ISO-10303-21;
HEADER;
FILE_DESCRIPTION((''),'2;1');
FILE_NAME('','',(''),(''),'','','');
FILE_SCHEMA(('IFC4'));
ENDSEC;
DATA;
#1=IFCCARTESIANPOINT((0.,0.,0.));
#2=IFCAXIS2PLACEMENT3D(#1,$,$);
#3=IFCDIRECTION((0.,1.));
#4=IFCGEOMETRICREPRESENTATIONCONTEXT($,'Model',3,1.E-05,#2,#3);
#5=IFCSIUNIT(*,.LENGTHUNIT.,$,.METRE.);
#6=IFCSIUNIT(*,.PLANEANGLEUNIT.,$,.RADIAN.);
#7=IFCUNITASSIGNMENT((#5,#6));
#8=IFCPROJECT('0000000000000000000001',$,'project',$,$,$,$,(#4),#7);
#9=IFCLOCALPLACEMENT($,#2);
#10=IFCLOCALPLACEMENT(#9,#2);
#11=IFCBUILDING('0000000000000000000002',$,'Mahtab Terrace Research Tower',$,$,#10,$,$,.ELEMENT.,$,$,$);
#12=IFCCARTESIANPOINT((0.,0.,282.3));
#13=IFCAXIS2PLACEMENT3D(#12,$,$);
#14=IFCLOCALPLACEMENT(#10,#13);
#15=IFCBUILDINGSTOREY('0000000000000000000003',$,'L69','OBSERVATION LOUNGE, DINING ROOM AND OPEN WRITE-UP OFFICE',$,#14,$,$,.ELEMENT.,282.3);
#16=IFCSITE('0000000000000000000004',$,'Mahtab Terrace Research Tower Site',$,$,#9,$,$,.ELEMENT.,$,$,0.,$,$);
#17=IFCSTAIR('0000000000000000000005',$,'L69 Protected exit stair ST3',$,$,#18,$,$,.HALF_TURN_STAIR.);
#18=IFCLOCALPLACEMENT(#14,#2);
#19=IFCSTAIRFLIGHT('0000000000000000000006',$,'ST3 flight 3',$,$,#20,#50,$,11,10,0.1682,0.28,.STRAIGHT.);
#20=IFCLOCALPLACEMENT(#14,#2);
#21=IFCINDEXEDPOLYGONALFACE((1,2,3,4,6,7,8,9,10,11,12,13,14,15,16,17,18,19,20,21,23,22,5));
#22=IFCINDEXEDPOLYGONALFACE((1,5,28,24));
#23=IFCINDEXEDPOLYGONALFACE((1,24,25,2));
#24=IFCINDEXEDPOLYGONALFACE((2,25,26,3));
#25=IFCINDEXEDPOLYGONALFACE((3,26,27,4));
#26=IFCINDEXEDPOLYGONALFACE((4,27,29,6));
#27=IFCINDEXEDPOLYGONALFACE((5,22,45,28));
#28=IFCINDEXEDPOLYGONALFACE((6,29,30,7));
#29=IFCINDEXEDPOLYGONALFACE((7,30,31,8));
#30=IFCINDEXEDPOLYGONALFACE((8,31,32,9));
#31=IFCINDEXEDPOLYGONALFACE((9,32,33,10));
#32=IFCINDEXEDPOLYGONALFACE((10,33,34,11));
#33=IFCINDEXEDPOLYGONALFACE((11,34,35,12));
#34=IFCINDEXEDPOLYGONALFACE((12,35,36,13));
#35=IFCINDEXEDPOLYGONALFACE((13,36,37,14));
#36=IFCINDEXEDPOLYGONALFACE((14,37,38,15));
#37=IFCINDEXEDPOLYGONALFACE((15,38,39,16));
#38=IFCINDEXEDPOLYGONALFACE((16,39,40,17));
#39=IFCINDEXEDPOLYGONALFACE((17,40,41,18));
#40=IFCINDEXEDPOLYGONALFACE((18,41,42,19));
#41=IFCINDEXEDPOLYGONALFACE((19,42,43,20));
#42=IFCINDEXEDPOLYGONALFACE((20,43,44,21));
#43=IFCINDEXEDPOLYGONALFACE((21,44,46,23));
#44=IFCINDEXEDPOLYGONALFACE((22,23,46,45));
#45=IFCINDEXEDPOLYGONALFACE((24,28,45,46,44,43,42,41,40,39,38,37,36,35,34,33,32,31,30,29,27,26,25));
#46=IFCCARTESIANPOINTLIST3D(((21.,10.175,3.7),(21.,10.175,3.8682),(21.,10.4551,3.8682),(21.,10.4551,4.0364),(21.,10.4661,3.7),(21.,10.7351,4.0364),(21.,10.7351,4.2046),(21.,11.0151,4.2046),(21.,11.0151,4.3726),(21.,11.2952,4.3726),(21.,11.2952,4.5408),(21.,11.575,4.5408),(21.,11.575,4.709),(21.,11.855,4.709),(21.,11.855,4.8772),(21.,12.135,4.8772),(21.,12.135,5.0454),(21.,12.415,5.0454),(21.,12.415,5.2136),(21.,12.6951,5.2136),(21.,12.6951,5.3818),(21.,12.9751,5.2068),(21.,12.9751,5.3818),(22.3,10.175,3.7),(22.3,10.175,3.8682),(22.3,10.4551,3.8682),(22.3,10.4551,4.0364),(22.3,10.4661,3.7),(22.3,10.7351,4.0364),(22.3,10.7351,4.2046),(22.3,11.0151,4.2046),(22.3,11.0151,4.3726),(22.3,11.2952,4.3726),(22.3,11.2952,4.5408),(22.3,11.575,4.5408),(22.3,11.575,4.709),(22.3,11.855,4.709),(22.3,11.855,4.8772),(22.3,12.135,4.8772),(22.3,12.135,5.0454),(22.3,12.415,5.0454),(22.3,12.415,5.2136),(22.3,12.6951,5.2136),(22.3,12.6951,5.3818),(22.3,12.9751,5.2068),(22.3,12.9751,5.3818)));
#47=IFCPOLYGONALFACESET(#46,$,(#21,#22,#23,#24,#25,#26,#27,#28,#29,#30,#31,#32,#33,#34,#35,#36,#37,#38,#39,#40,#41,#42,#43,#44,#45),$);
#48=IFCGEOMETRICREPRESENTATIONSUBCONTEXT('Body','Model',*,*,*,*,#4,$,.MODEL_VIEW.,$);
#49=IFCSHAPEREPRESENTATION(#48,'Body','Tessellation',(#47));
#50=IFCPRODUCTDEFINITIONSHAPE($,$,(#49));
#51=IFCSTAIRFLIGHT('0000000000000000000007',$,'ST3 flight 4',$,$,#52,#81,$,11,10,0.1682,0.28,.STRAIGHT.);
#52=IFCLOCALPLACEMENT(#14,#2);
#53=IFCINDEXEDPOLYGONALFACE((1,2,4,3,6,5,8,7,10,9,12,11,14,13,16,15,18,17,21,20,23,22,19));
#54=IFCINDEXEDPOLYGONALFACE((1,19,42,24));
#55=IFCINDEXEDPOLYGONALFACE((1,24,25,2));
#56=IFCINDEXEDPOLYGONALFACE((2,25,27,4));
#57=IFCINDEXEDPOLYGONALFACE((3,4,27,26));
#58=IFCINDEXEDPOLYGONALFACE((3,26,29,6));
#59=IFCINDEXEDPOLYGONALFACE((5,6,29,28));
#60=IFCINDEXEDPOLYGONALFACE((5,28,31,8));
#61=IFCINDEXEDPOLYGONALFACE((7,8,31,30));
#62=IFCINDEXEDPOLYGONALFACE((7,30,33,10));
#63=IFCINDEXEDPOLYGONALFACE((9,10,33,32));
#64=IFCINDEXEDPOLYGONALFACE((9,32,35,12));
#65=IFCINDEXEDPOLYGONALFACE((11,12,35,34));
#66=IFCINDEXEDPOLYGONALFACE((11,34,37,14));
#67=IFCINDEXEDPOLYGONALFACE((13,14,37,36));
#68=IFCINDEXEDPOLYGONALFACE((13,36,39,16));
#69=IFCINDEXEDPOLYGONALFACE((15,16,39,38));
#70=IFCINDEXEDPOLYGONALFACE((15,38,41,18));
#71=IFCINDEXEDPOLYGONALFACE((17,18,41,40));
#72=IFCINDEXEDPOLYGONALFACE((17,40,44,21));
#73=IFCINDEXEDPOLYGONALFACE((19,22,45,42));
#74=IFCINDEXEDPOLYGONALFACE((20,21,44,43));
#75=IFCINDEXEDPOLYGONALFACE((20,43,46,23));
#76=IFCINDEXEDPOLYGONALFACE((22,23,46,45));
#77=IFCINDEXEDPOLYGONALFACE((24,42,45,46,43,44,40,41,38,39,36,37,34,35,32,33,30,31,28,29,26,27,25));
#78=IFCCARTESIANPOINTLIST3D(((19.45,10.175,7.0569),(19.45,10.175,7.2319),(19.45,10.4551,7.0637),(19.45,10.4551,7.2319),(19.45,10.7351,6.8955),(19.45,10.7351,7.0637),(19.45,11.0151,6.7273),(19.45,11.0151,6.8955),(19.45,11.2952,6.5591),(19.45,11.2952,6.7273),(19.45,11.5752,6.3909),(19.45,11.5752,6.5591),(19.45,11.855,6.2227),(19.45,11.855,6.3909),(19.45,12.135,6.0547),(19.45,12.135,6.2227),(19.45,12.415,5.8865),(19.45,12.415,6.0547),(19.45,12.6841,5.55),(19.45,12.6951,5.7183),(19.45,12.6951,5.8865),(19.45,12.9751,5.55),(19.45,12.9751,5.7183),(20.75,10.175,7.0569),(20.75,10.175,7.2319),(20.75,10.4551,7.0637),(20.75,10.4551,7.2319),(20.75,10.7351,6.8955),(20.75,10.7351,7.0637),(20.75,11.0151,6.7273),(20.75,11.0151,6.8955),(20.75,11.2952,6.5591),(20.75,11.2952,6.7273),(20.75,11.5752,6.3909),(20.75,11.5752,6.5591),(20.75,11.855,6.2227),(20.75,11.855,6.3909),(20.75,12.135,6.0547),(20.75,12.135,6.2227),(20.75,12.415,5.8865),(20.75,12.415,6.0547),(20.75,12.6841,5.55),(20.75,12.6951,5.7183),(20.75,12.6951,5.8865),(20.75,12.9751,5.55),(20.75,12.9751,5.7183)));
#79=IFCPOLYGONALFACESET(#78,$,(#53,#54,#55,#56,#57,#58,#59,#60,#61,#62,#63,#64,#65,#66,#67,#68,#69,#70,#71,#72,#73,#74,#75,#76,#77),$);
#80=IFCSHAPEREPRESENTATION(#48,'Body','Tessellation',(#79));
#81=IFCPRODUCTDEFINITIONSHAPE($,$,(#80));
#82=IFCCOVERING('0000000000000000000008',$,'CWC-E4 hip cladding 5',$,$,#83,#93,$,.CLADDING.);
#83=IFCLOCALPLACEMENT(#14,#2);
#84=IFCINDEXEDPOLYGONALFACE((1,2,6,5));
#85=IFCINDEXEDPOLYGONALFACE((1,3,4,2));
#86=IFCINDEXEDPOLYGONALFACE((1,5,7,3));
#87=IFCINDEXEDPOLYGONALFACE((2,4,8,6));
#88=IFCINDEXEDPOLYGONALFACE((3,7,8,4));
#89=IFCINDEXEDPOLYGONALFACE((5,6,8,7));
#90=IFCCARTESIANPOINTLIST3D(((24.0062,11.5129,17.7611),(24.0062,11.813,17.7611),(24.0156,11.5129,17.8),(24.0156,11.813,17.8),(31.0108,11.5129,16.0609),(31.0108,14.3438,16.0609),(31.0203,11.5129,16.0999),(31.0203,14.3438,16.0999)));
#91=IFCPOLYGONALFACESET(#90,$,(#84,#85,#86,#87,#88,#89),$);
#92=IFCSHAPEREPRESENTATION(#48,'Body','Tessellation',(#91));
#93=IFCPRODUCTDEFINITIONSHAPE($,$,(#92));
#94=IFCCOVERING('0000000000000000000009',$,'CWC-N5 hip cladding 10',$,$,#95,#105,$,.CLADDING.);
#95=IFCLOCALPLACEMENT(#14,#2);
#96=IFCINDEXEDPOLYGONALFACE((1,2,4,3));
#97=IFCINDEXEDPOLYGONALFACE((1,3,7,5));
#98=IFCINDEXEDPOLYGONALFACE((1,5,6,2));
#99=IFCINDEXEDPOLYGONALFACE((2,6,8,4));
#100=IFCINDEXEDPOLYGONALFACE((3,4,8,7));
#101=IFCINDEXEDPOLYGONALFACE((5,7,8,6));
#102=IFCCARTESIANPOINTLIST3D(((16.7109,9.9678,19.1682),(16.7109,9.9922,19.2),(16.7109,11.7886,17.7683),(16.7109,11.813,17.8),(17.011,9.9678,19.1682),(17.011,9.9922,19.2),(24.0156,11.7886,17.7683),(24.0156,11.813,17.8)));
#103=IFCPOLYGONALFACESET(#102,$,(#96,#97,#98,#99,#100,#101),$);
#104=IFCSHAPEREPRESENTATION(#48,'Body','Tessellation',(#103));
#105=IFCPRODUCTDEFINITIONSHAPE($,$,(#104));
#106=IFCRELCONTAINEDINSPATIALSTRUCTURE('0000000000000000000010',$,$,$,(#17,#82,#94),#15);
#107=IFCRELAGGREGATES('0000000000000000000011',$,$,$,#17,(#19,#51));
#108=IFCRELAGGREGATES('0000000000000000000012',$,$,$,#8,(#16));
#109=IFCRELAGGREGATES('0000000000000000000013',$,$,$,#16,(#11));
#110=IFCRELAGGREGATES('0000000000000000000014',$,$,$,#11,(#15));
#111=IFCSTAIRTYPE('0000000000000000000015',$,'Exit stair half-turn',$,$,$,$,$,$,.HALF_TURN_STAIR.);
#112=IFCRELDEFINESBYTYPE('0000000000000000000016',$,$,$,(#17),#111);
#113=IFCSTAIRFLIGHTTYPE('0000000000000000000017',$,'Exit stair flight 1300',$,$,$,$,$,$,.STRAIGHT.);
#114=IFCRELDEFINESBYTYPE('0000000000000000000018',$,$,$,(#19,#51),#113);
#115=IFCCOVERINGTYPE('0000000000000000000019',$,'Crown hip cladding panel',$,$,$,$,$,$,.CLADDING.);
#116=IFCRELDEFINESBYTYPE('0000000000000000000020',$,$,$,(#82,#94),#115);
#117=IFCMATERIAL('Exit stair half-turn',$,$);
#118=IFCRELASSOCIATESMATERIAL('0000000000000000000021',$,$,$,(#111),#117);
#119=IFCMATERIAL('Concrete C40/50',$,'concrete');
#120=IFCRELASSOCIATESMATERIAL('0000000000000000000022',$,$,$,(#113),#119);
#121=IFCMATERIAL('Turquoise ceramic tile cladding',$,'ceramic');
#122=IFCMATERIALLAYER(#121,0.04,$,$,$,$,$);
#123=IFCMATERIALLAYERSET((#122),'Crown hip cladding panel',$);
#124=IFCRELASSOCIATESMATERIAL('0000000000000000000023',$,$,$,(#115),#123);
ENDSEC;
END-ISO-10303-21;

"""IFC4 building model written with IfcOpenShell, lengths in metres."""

from ifc_helpers import new_model, si_unit, direction, frame, origin, place, context, subcontext, project, spatial, polyline, outline, extrude, material, layer, layer_set, type_object, element, aggregate, save


model = new_model("IFC4")

# Units and contexts
model_context = context("Model", 3, precision=1e-05, world=origin(), true_north=direction((0.0, 1.0)))
body_context = subcontext(model_context, "Body", "Model", "MODEL_VIEW")
ifc_project = project(units=[si_unit("LENGTHUNIT", "METRE"), si_unit("PLANEANGLEUNIT", "RADIAN")], contexts=[model_context])

# Site, building, storey
site_placement = place(None, origin())
site = spatial("IfcSite", under=ifc_project, at=site_placement, Name="Mahtab Terrace Research Tower Site", CompositionType="ELEMENT", RefElevation=0.0)
building_placement = place(site_placement, origin())
building = spatial("IfcBuilding", under=site, at=building_placement, Name="Mahtab Terrace Research Tower", CompositionType="ELEMENT")
storey_placement = place(building_placement, frame((0.0, 0.0, 282.3)))
storey = spatial("IfcBuildingStorey", under=building, at=storey_placement, Name="L69", Description="OBSERVATION LOUNGE, DINING ROOM AND OPEN WRITE-UP OFFICE", CompositionType="ELEMENT", Elevation=282.3)

# Stair, stair flights
ifc_material_1 = material(Name="Exit stair half-turn")
stair_type = type_object("IfcStairType", Name="Exit stair half-turn", PredefinedType="HALF_TURN_STAIR", material=ifc_material_1)
stair_placement = place(storey_placement, origin())
stair = element("IfcStair", 1, at=stair_placement, inside=storey, type_object=stair_type, Name="L69 Protected exit stair ST3", PredefinedType="HALF_TURN_STAIR")
ifc_material_2 = material(Name="Concrete C40/50", Category="concrete")
stair_flight_type = type_object("IfcStairFlightType", Name="Exit stair flight 1300", PredefinedType="STRAIGHT", material=ifc_material_2)
stair_flight_1_placement = place(storey_placement, frame((21.6499, 10.175, 3.7), z_axis=(0.0, 0.0, 1.0), x_axis=(0.0, 1.0, 0.0)))
stair_flight_1 = element("IfcStairFlight", 2, at=stair_flight_1_placement, type_object=stair_flight_type, Name="ST3 flight 3", NumberOfRisers=11, NumberOfTreads=10, PredefinedType="STRAIGHT", RiserHeight=0.1682, TreadLength=0.28, context=body_context, shape_type="SweptSolid", body=[
    extrude(outline(polyline([(0.0, 0.0), (0.0, 0.1682), (0.28, 0.1682), (0.28, 0.3364), (0.5601, 0.3364), (0.5601, 0.5046), (0.8401, 0.5046), (0.8401, 0.6726), (1.1201, 0.6726), (1.1201, 0.8408), (1.3999, 0.8408), (1.3999, 1.009), (1.6799, 1.009), (1.6799, 1.1772), (1.96, 1.1772), (1.96, 1.3455), (2.24, 1.3455), (2.24, 1.5137), (2.52, 1.5137), (2.52, 1.6819), (2.8, 1.6819), (2.8, 1.8501), (2.8, 1.5068), (0.291, 0.0), (0.0, 0.0)])), frame((0.0, 0.6499, 0.0), z_axis=(0.0, -1.0, 0.0), x_axis=(1.0, 0.0, 0.0)), (0.0, 0.0, 1.0), 1.3),
])
stair_flight_2_placement = place(storey_placement, frame((20.1001, 12.9751, 5.55), z_axis=(0.0, 0.0, 1.0), x_axis=(0.0, -1.0, 0.0)))
stair_flight_2 = element("IfcStairFlight", 3, at=stair_flight_2_placement, type_object=stair_flight_type, Name="ST3 flight 4", NumberOfRisers=11, NumberOfTreads=10, PredefinedType="STRAIGHT", RiserHeight=0.1682, TreadLength=0.28, context=body_context, shape_type="SweptSolid", body=[
    extrude(outline(polyline([(0.0, 0.0), (0.0, 0.1682), (0.28, 0.1682), (0.28, 0.3364), (0.5601, 0.3364), (0.5601, 0.5046), (0.8401, 0.5046), (0.8401, 0.6726), (1.1201, 0.6726), (1.1201, 0.8408), (1.3999, 0.8408), (1.3999, 1.009), (1.6799, 1.009), (1.6799, 1.1772), (1.96, 1.1772), (1.96, 1.3455), (2.24, 1.3455), (2.24, 1.5137), (2.52, 1.5137), (2.52, 1.6819), (2.8, 1.6819), (2.8, 1.8501), (2.8, 1.5068), (0.291, 0.0), (0.0, 0.0)])), frame((0.0, 0.6499, 0.0), z_axis=(0.0, -1.0, 0.0), x_axis=(1.0, 0.0, 0.0)), (0.0, 0.0, 1.0), 1.3),
])
aggregate(stair, [stair_flight_1, stair_flight_2])

# Coverings
ifc_material_3 = material(Name="Turquoise ceramic tile cladding", Category="ceramic")
ifc_layer_1 = layer(ifc_material_3, 0.04)
ifc_layer_set_1 = layer_set([ifc_layer_1], Name="Crown hip cladding panel")
covering_type = type_object("IfcCoveringType", Name="Crown hip cladding panel", PredefinedType="CLADDING", material=ifc_layer_set_1)
covering_1_placement = place(storey_placement, frame((24.0156, 11.813, 17.8), z_axis=(0.235875, 0.0, 0.971783), x_axis=(0.91691, 0.331278, -0.222556)))
element("IfcCovering", 4, at=covering_1_placement, inside=storey, type_object=covering_type, Name="CWC-E4 hip cladding 5", PredefinedType="CLADDING", context=body_context, shape_type="SweptSolid", body=[
    extrude(outline(polyline([(0.0, 0.0), (7.6394, 0.0), (6.7016, -2.671), (-0.0994, -0.2831), (0.0, 0.0)])), origin(), (0.0, 0.0, -1.0), 0.04),
])
covering_2_placement = place(storey_placement, frame((24.0156, 11.813, 17.8), z_axis=(0.0, 0.609516, 0.792774), x_axis=(-0.950224, -0.247003, 0.189906)))
element("IfcCovering", 5, at=covering_2_placement, inside=storey, type_object=covering_type, Name="CWC-N5 hip cladding 10", PredefinedType="CLADDING", context=body_context, shape_type="SweptSolid", body=[
    extrude(outline(polyline([(0.0, 0.0), (7.3716, 0.0), (7.6567, -0.0935), (6.9411, -2.2759), (0.0, 0.0)])), origin(), (0.0, 0.0, -1.0), 0.04),
])

save(model, "model.ifc")
